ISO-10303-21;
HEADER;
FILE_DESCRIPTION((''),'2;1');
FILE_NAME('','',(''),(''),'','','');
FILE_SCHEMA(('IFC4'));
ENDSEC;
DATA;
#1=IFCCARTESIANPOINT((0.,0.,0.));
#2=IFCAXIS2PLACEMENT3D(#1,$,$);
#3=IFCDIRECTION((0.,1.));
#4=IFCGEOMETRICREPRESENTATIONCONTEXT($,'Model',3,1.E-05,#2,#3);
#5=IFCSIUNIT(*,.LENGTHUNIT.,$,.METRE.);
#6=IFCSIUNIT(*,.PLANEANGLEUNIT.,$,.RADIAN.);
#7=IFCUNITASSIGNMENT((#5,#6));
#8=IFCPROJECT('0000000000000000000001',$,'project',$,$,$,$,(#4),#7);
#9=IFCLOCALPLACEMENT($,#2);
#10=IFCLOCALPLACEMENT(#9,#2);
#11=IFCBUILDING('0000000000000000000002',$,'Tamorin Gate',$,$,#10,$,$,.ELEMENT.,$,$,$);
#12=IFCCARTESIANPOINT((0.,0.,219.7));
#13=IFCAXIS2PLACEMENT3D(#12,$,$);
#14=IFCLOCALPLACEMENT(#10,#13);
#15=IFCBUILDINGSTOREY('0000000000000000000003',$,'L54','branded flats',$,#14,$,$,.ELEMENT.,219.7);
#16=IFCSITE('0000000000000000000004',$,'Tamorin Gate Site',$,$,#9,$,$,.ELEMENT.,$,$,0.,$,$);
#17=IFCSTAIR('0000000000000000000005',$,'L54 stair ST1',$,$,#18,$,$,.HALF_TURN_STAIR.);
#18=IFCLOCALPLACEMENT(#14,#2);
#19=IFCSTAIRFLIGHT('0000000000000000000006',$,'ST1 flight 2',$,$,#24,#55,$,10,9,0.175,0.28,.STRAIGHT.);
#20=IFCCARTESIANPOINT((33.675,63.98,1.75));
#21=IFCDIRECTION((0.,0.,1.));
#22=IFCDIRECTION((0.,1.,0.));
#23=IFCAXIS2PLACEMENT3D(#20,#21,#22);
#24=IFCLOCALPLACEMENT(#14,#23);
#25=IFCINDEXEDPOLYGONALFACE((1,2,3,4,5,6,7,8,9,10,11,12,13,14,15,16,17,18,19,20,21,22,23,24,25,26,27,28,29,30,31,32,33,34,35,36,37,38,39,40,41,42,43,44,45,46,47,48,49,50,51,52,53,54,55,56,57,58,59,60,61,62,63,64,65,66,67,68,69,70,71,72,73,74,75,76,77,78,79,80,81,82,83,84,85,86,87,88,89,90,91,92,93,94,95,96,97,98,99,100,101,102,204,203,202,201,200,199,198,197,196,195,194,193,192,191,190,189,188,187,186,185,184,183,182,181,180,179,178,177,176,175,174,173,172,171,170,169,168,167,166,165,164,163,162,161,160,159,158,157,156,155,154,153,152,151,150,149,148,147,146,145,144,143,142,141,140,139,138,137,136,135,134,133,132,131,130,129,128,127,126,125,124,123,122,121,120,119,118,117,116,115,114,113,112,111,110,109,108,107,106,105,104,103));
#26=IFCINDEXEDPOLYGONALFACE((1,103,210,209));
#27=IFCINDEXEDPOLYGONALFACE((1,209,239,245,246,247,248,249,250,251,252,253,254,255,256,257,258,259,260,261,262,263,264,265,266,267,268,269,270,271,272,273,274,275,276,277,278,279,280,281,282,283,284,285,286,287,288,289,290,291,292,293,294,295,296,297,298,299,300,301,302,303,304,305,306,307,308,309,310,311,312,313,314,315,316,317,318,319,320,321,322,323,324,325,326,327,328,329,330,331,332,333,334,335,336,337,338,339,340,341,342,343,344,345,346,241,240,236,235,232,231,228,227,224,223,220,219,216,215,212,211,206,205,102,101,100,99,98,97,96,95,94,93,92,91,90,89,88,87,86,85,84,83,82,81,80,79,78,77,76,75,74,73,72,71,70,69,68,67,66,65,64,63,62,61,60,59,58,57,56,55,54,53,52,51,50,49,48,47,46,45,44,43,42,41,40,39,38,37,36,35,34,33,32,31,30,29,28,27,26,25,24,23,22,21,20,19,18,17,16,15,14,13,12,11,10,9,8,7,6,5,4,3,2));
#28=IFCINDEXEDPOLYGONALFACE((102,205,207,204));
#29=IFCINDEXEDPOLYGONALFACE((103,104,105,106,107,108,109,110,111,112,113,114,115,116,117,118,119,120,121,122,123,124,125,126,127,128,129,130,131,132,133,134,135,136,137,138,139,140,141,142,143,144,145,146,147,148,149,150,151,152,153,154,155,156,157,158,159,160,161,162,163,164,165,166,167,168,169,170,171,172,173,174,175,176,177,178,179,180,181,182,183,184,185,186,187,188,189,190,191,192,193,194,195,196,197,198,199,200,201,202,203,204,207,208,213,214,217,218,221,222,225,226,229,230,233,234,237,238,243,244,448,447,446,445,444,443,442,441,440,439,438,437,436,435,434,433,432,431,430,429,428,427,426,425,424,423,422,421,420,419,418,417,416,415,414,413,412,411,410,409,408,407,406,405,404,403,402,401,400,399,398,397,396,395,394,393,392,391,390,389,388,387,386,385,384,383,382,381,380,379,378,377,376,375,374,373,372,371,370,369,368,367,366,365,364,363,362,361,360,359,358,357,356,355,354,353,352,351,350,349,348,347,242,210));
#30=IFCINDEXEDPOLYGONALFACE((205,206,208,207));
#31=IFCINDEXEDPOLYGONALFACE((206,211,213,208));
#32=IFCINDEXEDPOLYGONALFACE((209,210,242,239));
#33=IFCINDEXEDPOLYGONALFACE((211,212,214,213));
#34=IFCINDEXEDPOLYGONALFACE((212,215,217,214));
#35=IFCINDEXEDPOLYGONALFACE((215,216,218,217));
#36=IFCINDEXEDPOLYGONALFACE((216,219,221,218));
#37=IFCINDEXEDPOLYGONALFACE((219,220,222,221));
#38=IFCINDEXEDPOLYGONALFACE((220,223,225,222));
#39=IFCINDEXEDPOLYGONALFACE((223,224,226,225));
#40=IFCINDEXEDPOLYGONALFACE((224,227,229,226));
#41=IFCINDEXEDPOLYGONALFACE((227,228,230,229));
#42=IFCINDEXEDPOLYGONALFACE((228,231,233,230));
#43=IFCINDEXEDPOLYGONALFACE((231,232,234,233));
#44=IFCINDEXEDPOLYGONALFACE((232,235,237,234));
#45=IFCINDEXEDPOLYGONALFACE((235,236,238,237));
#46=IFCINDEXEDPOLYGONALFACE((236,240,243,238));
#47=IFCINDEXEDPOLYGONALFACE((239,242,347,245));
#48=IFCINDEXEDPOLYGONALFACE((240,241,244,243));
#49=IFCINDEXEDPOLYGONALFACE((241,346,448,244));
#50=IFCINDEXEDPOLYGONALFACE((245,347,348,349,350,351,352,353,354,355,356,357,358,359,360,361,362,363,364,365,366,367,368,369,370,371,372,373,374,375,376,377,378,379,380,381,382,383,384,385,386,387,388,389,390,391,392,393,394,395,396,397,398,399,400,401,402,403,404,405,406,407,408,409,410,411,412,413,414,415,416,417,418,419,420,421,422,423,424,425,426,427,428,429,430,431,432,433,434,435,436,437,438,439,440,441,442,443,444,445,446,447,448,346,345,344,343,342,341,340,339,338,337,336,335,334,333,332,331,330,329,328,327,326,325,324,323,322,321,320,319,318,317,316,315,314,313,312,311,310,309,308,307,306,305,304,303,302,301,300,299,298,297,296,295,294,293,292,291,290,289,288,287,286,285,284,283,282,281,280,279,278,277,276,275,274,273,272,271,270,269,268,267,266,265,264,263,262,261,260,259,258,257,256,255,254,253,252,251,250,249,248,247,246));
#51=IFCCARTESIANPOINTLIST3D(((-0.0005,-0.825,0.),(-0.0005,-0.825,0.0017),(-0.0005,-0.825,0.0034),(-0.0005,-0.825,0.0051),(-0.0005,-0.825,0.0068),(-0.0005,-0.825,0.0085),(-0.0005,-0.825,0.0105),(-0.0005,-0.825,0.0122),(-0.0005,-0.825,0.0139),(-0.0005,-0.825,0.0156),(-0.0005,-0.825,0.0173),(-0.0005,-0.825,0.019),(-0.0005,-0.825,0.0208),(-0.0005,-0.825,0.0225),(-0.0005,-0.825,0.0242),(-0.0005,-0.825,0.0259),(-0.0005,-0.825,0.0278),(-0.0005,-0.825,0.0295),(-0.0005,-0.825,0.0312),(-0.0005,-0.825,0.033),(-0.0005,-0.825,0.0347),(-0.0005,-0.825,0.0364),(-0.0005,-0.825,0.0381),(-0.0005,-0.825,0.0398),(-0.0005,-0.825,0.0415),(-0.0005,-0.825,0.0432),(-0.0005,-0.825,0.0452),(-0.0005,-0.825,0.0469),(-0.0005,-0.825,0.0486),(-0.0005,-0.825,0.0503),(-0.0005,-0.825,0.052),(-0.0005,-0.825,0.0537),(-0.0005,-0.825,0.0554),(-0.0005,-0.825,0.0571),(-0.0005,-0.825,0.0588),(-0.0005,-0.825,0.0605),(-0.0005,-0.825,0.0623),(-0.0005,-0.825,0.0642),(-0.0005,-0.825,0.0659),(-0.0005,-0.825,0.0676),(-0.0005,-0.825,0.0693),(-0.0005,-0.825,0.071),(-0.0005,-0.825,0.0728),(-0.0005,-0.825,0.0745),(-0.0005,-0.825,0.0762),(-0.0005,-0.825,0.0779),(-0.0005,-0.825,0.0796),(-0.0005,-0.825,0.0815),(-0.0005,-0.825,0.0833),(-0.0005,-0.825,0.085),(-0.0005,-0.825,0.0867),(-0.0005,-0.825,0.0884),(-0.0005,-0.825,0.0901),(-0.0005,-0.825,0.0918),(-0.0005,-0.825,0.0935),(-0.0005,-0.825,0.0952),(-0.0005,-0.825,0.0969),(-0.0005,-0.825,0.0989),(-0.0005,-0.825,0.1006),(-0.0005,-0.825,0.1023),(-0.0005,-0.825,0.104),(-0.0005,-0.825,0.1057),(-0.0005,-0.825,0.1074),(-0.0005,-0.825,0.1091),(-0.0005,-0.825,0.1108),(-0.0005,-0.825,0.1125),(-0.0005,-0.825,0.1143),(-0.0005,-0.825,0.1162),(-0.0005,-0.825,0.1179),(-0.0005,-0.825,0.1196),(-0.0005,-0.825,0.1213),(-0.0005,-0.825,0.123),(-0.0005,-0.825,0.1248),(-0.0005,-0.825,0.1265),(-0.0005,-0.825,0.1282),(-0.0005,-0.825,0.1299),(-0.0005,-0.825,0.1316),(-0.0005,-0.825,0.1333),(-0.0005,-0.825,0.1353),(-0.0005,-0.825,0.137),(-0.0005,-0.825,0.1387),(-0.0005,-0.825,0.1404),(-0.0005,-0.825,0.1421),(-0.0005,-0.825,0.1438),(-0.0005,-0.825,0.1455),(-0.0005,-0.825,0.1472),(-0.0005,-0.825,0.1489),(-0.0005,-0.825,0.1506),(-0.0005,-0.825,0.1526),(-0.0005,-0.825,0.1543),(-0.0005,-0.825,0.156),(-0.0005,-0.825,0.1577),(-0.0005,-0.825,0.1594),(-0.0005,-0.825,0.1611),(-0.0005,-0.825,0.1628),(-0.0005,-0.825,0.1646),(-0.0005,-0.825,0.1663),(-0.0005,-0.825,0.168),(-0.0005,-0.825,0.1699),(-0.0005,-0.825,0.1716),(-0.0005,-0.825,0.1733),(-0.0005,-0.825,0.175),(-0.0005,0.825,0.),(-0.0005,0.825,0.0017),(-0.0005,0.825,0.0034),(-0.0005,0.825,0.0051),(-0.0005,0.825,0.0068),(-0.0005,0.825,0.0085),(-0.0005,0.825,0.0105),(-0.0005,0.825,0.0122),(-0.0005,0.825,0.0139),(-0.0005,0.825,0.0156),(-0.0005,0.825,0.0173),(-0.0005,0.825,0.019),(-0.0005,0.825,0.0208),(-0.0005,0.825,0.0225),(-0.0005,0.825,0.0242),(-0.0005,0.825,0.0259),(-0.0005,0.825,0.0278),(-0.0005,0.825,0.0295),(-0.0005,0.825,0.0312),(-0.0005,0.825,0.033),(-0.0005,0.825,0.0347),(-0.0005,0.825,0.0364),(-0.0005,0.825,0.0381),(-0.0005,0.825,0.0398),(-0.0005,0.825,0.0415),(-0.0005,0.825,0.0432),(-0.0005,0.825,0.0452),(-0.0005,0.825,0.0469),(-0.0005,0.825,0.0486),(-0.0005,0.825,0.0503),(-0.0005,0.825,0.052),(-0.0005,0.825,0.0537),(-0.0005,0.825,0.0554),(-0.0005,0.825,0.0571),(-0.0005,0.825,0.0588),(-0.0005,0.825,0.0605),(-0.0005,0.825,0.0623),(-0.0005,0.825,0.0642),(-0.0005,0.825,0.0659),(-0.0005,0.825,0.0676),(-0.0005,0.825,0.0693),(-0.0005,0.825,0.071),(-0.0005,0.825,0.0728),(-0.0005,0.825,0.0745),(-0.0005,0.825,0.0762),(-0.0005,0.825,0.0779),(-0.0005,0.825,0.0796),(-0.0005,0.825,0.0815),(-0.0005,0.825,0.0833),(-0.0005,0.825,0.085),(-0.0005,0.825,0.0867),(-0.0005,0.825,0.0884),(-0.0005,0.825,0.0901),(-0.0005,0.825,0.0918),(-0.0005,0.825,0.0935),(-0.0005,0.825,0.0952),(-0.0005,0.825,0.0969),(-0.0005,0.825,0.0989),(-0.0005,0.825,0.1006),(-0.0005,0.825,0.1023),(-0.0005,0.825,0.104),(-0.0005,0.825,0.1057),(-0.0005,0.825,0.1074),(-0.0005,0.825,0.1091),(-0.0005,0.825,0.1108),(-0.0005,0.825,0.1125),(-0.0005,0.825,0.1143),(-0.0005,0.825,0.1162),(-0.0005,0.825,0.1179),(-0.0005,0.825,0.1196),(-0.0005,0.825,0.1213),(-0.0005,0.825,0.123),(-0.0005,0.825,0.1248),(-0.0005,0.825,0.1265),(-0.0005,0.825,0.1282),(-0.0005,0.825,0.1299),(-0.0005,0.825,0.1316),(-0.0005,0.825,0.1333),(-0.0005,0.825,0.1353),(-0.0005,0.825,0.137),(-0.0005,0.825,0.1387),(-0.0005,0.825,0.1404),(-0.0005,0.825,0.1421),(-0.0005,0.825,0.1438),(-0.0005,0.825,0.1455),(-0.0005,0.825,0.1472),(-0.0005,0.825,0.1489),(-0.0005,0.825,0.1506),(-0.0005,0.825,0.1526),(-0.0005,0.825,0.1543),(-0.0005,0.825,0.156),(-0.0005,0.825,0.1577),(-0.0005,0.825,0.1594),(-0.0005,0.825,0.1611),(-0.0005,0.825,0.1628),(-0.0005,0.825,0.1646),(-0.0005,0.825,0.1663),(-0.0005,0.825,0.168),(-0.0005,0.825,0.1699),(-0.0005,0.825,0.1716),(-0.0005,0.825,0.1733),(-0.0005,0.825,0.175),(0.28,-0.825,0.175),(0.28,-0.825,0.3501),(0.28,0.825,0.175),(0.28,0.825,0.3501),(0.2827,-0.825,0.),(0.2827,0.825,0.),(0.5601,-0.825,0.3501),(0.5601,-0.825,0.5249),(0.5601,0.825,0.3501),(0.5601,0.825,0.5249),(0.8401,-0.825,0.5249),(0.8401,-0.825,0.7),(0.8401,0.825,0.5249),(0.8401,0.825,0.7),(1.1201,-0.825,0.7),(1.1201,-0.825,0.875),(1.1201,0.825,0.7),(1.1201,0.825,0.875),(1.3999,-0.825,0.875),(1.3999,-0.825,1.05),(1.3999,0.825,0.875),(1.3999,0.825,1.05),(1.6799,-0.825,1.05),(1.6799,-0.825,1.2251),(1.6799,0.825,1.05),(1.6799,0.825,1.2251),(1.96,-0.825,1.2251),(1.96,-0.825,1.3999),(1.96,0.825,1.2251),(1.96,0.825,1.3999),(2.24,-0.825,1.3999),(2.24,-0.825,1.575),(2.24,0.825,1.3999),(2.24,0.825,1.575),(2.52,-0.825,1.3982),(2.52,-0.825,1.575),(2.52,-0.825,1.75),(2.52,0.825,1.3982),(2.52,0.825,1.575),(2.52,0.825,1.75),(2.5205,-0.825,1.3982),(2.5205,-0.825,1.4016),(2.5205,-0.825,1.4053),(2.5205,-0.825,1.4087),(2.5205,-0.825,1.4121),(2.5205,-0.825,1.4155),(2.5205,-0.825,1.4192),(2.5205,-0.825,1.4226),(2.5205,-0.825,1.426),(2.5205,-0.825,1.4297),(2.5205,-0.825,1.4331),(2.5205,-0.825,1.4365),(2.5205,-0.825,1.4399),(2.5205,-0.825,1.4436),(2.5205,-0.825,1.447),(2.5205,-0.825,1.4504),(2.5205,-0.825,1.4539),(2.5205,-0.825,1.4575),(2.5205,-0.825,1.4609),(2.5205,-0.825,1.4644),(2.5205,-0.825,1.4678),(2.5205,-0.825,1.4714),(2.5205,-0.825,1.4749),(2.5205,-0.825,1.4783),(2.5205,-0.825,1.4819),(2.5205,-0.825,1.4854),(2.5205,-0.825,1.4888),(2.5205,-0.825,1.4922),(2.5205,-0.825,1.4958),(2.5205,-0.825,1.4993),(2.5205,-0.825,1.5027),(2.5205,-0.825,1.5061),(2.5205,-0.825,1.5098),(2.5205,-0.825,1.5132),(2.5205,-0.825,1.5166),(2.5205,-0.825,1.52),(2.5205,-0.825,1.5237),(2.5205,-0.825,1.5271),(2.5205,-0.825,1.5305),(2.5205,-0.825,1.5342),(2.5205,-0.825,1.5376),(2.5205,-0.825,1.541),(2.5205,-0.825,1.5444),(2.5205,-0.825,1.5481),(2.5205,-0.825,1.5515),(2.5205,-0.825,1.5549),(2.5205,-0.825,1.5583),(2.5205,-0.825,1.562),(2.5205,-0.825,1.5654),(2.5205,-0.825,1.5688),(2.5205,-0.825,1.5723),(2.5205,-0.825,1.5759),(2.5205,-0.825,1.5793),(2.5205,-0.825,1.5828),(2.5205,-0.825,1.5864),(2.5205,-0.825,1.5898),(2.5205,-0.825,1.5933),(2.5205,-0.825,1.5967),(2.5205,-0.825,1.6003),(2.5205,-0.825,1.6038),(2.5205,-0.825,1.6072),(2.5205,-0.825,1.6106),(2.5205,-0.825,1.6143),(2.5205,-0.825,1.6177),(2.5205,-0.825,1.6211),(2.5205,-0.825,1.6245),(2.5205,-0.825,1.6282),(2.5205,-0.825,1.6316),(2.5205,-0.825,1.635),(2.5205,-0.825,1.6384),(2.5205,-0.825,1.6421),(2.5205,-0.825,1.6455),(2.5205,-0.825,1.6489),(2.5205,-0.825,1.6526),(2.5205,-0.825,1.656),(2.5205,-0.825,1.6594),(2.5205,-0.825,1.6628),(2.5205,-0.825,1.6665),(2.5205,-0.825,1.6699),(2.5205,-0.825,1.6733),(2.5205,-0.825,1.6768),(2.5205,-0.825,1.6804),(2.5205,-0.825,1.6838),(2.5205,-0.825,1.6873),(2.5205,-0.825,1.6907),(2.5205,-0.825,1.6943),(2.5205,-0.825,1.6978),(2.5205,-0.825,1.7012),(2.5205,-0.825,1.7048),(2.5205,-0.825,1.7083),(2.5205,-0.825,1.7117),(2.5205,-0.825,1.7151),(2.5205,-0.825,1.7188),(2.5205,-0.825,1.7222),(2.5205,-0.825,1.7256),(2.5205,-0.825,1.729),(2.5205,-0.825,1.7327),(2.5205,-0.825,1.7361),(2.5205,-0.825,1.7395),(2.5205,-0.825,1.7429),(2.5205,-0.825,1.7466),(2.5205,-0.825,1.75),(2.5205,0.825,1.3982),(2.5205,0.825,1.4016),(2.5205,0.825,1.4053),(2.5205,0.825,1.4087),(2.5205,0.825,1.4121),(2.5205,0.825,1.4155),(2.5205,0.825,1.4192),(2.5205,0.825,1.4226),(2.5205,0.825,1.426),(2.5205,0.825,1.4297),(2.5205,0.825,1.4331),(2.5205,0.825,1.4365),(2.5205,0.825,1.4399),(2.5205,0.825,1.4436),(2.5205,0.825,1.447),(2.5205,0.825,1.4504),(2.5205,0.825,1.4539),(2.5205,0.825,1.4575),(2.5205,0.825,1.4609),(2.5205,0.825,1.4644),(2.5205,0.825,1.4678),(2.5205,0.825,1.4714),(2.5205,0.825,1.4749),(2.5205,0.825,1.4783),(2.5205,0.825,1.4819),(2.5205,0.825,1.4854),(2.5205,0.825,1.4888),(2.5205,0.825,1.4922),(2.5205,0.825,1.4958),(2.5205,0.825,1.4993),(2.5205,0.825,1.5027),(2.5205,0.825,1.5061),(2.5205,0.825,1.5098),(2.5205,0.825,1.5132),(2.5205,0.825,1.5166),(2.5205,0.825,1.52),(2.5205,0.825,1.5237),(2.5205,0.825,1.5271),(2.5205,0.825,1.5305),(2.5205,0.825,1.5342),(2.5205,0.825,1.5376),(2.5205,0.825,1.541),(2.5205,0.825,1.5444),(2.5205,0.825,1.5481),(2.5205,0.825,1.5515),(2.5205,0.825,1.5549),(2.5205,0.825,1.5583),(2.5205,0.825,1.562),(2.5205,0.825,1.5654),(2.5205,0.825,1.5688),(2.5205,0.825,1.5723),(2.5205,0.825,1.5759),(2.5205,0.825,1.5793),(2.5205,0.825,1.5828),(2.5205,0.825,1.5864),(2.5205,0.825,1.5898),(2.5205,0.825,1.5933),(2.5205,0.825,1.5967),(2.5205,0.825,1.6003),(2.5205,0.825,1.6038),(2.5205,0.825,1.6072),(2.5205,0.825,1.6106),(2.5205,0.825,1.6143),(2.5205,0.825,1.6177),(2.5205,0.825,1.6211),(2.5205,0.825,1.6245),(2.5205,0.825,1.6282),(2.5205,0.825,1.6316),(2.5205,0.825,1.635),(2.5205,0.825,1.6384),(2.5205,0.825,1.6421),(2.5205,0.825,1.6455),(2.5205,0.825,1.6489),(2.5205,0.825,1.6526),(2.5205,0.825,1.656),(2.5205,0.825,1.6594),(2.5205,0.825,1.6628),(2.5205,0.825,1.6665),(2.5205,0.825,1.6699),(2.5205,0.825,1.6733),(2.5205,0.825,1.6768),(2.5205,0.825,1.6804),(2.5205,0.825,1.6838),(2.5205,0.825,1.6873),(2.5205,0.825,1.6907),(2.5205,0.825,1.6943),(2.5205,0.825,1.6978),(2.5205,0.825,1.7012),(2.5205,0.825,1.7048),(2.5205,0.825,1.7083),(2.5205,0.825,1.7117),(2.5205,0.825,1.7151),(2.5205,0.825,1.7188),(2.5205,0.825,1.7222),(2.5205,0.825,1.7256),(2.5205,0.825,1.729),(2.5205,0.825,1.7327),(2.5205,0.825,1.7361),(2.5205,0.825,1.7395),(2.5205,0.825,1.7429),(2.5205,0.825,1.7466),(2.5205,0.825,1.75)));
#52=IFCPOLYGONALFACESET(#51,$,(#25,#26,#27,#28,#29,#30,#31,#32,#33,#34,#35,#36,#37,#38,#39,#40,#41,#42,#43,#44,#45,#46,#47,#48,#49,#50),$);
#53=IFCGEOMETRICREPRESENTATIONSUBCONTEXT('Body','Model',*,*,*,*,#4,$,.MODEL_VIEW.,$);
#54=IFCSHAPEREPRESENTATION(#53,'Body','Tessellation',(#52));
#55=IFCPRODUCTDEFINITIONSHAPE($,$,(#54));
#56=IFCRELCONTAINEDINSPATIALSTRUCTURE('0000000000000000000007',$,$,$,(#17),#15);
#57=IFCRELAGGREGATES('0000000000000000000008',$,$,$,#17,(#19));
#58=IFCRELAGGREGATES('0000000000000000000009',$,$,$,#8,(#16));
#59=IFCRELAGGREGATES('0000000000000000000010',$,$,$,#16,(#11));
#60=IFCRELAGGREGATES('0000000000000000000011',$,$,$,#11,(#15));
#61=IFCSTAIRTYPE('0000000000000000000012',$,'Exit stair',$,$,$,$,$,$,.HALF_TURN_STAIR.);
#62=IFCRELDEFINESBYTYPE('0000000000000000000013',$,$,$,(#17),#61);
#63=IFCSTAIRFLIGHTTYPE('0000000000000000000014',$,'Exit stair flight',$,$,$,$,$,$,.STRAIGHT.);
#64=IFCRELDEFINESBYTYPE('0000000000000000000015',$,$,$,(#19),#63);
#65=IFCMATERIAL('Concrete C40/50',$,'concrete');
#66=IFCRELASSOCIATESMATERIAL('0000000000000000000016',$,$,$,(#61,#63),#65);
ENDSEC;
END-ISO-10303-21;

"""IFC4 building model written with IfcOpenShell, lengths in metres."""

from ifc_helpers import new_model, si_unit, direction, frame, origin, place, context, subcontext, project, spatial, polyline, outline, extrude, material, type_object, element, aggregate, save


model = new_model("IFC4")

# Units and contexts
model_context = context("Model", 3, precision=1e-05, world=origin(), true_north=direction((0.0, 1.0)))
body_context = subcontext(model_context, "Body", "Model", "MODEL_VIEW")
ifc_project = project(units=[si_unit("LENGTHUNIT", "METRE"), si_unit("PLANEANGLEUNIT", "RADIAN")], contexts=[model_context])

# Site, building, storey
site_placement = place(None, origin())
site = spatial("IfcSite", under=ifc_project, at=site_placement, Name="Tamorin Gate Site", CompositionType="ELEMENT", RefElevation=0.0)
building_placement = place(site_placement, origin())
building = spatial("IfcBuilding", under=site, at=building_placement, Name="Tamorin Gate", CompositionType="ELEMENT")
storey_placement = place(building_placement, frame((0.0, 0.0, 219.7)))
storey = spatial("IfcBuildingStorey", under=building, at=storey_placement, Name="L54", Description="branded flats", CompositionType="ELEMENT", Elevation=219.7)

# Shared definitions
ifc_material_1 = material(Name="Concrete C40/50", Category="concrete")

# Stair, stair flight
stair_type = type_object("IfcStairType", Name="Exit stair", PredefinedType="HALF_TURN_STAIR", material=ifc_material_1)
stair_1_placement = place(storey_placement, origin())
stair_1 = element("IfcStair", 1, at=stair_1_placement, inside=storey, type_object=stair_type, Name="L54 stair ST1", PredefinedType="HALF_TURN_STAIR")
stair_flight_type = type_object("IfcStairFlightType", Name="Exit stair flight", PredefinedType="STRAIGHT", material=ifc_material_1)
stair_flight_1_placement = place(storey_placement, frame((33.675, 63.98, 1.75), z_axis=(0.0, 0.0, 1.0), x_axis=(0.0, 1.0, 0.0)))
stair_flight_1 = element("IfcStairFlight", 2, at=stair_flight_1_placement, type_object=stair_flight_type, Name="ST1 flight 2", NumberOfRisers=10, NumberOfTreads=9, PredefinedType="STRAIGHT", RiserHeight=0.175, TreadLength=0.28, context=body_context, shape_type="SweptSolid", body=[
    extrude(outline(polyline([(-0.0005, 0.0), (-0.0005, 0.0017), (-0.0005, 0.0034), (-0.0005, 0.0051), (-0.0005, 0.0068), (-0.0005, 0.0085), (-0.0005, 0.0105), (-0.0005, 0.0122), (-0.0005, 0.0139), (-0.0005, 0.0156), (-0.0005, 0.0173), (-0.0005, 0.019), (-0.0005, 0.0208), (-0.0005, 0.0225), (-0.0005, 0.0242), (-0.0005, 0.0259), (-0.0005, 0.0278), (-0.0005, 0.0295), (-0.0005, 0.0312), (-0.0005, 0.033), (-0.0005, 0.0347), (-0.0005, 0.0364), (-0.0005, 0.0381), (-0.0005, 0.0398), (-0.0005, 0.0415), (-0.0005, 0.0432), (-0.0005, 0.0452), (-0.0005, 0.0469), (-0.0005, 0.0486), (-0.0005, 0.0503), (-0.0005, 0.052), (-0.0005, 0.0537), (-0.0005, 0.0554), (-0.0005, 0.0571), (-0.0005, 0.0588), (-0.0005, 0.0605), (-0.0005, 0.0623), (-0.0005, 0.0642), (-0.0005, 0.0659), (-0.0005, 0.0676), (-0.0005, 0.0693), (-0.0005, 0.071), (-0.0005, 0.0728), (-0.0005, 0.0745), (-0.0005, 0.0762), (-0.0005, 0.0779), (-0.0005, 0.0796), (-0.0005, 0.0815), (-0.0005, 0.0833), (-0.0005, 0.085), (-0.0005, 0.0867), (-0.0005, 0.0884), (-0.0005, 0.0901), (-0.0005, 0.0918), (-0.0005, 0.0935), (-0.0005, 0.0952), (-0.0005, 0.0969), (-0.0005, 0.0989), (-0.0005, 0.1006), (-0.0005, 0.1023), (-0.0005, 0.104), (-0.0005, 0.1057), (-0.0005, 0.1074), (-0.0005, 0.1091), (-0.0005, 0.1108), (-0.0005, 0.1125), (-0.0005, 0.1143), (-0.0005, 0.1162), (-0.0005, 0.1179), (-0.0005, 0.1196), (-0.0005, 0.1213), (-0.0005, 0.123), (-0.0005, 0.1248), (-0.0005, 0.1265), (-0.0005, 0.1282), (-0.0005, 0.1299), (-0.0005, 0.1316), (-0.0005, 0.1333), (-0.0005, 0.1353), (-0.0005, 0.137), (-0.0005, 0.1387), (-0.0005, 0.1404), (-0.0005, 0.1421), (-0.0005, 0.1438), (-0.0005, 0.1455), (-0.0005, 0.1472), (-0.0005, 0.1489), (-0.0005, 0.1506), (-0.0005, 0.1526), (-0.0005, 0.1543), (-0.0005, 0.156), (-0.0005, 0.1577), (-0.0005, 0.1594), (-0.0005, 0.1611), (-0.0005, 0.1628), (-0.0005, 0.1646), (-0.0005, 0.1663), (-0.0005, 0.168), (-0.0005, 0.1699), (-0.0005, 0.1716), (-0.0005, 0.1733), (-0.0005, 0.175), (0.28, 0.175), (0.28, 0.3501), (0.5601, 0.3501), (0.5601, 0.5249), (0.8401, 0.5249), (0.8401, 0.7), (1.1201, 0.7), (1.1201, 0.875), (1.3999, 0.875), (1.3999, 1.05), (1.6799, 1.05), (1.6799, 1.2251), (1.96, 1.2251), (1.96, 1.3999), (2.24, 1.3999), (2.24, 1.575), (2.52, 1.575), (2.52, 1.75), (2.5205, 1.75), (2.5205, 1.7466), (2.5205, 1.7429), (2.5205, 1.7395), (2.5205, 1.7361), (2.5205, 1.7327), (2.5205, 1.729), (2.5205, 1.7256), (2.5205, 1.7222), (2.5205, 1.7188), (2.5205, 1.7151), (2.5205, 1.7117), (2.5205, 1.7083), (2.5205, 1.7048), (2.5205, 1.7012), (2.5205, 1.6978), (2.5205, 1.6943), (2.5205, 1.6907), (2.5205, 1.6873), (2.5205, 1.6838), (2.5205, 1.6804), (2.5205, 1.6768), (2.5205, 1.6733), (2.5205, 1.6699), (2.5205, 1.6665), (2.5205, 1.6628), (2.5205, 1.6594), (2.5205, 1.656), (2.5205, 1.6526), (2.5205, 1.6489), (2.5205, 1.6455), (2.5205, 1.6421), (2.5205, 1.6384), (2.5205, 1.635), (2.5205, 1.6316), (2.5205, 1.6282), (2.5205, 1.6245), (2.5205, 1.6211), (2.5205, 1.6177), (2.5205, 1.6143), (2.5205, 1.6106), (2.5205, 1.6072), (2.5205, 1.6038), (2.5205, 1.6003), (2.5205, 1.5967), (2.5205, 1.5933), (2.5205, 1.5898), (2.5205, 1.5864), (2.5205, 1.5828), (2.5205, 1.5793), (2.5205, 1.5759), (2.5205, 1.5723), (2.5205, 1.5688), (2.5205, 1.5654), (2.5205, 1.562), (2.5205, 1.5583), (2.5205, 1.5549), (2.5205, 1.5515), (2.5205, 1.5481), (2.5205, 1.5444), (2.5205, 1.541), (2.5205, 1.5376), (2.5205, 1.5342), (2.5205, 1.5305), (2.5205, 1.5271), (2.5205, 1.5237), (2.5205, 1.52), (2.5205, 1.5166), (2.5205, 1.5132), (2.5205, 1.5098), (2.5205, 1.5061), (2.5205, 1.5027), (2.5205, 1.4993), (2.5205, 1.4958), (2.5205, 1.4922), (2.5205, 1.4888), (2.5205, 1.4854), (2.5205, 1.4819), (2.5205, 1.4783), (2.5205, 1.4749), (2.5205, 1.4714), (2.5205, 1.4678), (2.5205, 1.4644), (2.5205, 1.4609), (2.5205, 1.4575), (2.5205, 1.4539), (2.5205, 1.4504), (2.5205, 1.447), (2.5205, 1.4436), (2.5205, 1.4399), (2.5205, 1.4365), (2.5205, 1.4331), (2.5205, 1.4297), (2.5205, 1.426), (2.5205, 1.4226), (2.5205, 1.4192), (2.5205, 1.4155), (2.5205, 1.4121), (2.5205, 1.4087), (2.5205, 1.4053), (2.5205, 1.4016), (2.5205, 1.3982), (2.52, 1.3982), (0.2827, 0.0), (-0.0005, 0.0)])), frame((0.0, 0.825, 0.0), z_axis=(0.0, -1.0, 0.0), x_axis=(1.0, 0.0, 0.0)), (0.0, 0.0, 1.0), 1.6499),
])
aggregate(stair_1, [stair_flight_1])

save(model, "model.ifc")
